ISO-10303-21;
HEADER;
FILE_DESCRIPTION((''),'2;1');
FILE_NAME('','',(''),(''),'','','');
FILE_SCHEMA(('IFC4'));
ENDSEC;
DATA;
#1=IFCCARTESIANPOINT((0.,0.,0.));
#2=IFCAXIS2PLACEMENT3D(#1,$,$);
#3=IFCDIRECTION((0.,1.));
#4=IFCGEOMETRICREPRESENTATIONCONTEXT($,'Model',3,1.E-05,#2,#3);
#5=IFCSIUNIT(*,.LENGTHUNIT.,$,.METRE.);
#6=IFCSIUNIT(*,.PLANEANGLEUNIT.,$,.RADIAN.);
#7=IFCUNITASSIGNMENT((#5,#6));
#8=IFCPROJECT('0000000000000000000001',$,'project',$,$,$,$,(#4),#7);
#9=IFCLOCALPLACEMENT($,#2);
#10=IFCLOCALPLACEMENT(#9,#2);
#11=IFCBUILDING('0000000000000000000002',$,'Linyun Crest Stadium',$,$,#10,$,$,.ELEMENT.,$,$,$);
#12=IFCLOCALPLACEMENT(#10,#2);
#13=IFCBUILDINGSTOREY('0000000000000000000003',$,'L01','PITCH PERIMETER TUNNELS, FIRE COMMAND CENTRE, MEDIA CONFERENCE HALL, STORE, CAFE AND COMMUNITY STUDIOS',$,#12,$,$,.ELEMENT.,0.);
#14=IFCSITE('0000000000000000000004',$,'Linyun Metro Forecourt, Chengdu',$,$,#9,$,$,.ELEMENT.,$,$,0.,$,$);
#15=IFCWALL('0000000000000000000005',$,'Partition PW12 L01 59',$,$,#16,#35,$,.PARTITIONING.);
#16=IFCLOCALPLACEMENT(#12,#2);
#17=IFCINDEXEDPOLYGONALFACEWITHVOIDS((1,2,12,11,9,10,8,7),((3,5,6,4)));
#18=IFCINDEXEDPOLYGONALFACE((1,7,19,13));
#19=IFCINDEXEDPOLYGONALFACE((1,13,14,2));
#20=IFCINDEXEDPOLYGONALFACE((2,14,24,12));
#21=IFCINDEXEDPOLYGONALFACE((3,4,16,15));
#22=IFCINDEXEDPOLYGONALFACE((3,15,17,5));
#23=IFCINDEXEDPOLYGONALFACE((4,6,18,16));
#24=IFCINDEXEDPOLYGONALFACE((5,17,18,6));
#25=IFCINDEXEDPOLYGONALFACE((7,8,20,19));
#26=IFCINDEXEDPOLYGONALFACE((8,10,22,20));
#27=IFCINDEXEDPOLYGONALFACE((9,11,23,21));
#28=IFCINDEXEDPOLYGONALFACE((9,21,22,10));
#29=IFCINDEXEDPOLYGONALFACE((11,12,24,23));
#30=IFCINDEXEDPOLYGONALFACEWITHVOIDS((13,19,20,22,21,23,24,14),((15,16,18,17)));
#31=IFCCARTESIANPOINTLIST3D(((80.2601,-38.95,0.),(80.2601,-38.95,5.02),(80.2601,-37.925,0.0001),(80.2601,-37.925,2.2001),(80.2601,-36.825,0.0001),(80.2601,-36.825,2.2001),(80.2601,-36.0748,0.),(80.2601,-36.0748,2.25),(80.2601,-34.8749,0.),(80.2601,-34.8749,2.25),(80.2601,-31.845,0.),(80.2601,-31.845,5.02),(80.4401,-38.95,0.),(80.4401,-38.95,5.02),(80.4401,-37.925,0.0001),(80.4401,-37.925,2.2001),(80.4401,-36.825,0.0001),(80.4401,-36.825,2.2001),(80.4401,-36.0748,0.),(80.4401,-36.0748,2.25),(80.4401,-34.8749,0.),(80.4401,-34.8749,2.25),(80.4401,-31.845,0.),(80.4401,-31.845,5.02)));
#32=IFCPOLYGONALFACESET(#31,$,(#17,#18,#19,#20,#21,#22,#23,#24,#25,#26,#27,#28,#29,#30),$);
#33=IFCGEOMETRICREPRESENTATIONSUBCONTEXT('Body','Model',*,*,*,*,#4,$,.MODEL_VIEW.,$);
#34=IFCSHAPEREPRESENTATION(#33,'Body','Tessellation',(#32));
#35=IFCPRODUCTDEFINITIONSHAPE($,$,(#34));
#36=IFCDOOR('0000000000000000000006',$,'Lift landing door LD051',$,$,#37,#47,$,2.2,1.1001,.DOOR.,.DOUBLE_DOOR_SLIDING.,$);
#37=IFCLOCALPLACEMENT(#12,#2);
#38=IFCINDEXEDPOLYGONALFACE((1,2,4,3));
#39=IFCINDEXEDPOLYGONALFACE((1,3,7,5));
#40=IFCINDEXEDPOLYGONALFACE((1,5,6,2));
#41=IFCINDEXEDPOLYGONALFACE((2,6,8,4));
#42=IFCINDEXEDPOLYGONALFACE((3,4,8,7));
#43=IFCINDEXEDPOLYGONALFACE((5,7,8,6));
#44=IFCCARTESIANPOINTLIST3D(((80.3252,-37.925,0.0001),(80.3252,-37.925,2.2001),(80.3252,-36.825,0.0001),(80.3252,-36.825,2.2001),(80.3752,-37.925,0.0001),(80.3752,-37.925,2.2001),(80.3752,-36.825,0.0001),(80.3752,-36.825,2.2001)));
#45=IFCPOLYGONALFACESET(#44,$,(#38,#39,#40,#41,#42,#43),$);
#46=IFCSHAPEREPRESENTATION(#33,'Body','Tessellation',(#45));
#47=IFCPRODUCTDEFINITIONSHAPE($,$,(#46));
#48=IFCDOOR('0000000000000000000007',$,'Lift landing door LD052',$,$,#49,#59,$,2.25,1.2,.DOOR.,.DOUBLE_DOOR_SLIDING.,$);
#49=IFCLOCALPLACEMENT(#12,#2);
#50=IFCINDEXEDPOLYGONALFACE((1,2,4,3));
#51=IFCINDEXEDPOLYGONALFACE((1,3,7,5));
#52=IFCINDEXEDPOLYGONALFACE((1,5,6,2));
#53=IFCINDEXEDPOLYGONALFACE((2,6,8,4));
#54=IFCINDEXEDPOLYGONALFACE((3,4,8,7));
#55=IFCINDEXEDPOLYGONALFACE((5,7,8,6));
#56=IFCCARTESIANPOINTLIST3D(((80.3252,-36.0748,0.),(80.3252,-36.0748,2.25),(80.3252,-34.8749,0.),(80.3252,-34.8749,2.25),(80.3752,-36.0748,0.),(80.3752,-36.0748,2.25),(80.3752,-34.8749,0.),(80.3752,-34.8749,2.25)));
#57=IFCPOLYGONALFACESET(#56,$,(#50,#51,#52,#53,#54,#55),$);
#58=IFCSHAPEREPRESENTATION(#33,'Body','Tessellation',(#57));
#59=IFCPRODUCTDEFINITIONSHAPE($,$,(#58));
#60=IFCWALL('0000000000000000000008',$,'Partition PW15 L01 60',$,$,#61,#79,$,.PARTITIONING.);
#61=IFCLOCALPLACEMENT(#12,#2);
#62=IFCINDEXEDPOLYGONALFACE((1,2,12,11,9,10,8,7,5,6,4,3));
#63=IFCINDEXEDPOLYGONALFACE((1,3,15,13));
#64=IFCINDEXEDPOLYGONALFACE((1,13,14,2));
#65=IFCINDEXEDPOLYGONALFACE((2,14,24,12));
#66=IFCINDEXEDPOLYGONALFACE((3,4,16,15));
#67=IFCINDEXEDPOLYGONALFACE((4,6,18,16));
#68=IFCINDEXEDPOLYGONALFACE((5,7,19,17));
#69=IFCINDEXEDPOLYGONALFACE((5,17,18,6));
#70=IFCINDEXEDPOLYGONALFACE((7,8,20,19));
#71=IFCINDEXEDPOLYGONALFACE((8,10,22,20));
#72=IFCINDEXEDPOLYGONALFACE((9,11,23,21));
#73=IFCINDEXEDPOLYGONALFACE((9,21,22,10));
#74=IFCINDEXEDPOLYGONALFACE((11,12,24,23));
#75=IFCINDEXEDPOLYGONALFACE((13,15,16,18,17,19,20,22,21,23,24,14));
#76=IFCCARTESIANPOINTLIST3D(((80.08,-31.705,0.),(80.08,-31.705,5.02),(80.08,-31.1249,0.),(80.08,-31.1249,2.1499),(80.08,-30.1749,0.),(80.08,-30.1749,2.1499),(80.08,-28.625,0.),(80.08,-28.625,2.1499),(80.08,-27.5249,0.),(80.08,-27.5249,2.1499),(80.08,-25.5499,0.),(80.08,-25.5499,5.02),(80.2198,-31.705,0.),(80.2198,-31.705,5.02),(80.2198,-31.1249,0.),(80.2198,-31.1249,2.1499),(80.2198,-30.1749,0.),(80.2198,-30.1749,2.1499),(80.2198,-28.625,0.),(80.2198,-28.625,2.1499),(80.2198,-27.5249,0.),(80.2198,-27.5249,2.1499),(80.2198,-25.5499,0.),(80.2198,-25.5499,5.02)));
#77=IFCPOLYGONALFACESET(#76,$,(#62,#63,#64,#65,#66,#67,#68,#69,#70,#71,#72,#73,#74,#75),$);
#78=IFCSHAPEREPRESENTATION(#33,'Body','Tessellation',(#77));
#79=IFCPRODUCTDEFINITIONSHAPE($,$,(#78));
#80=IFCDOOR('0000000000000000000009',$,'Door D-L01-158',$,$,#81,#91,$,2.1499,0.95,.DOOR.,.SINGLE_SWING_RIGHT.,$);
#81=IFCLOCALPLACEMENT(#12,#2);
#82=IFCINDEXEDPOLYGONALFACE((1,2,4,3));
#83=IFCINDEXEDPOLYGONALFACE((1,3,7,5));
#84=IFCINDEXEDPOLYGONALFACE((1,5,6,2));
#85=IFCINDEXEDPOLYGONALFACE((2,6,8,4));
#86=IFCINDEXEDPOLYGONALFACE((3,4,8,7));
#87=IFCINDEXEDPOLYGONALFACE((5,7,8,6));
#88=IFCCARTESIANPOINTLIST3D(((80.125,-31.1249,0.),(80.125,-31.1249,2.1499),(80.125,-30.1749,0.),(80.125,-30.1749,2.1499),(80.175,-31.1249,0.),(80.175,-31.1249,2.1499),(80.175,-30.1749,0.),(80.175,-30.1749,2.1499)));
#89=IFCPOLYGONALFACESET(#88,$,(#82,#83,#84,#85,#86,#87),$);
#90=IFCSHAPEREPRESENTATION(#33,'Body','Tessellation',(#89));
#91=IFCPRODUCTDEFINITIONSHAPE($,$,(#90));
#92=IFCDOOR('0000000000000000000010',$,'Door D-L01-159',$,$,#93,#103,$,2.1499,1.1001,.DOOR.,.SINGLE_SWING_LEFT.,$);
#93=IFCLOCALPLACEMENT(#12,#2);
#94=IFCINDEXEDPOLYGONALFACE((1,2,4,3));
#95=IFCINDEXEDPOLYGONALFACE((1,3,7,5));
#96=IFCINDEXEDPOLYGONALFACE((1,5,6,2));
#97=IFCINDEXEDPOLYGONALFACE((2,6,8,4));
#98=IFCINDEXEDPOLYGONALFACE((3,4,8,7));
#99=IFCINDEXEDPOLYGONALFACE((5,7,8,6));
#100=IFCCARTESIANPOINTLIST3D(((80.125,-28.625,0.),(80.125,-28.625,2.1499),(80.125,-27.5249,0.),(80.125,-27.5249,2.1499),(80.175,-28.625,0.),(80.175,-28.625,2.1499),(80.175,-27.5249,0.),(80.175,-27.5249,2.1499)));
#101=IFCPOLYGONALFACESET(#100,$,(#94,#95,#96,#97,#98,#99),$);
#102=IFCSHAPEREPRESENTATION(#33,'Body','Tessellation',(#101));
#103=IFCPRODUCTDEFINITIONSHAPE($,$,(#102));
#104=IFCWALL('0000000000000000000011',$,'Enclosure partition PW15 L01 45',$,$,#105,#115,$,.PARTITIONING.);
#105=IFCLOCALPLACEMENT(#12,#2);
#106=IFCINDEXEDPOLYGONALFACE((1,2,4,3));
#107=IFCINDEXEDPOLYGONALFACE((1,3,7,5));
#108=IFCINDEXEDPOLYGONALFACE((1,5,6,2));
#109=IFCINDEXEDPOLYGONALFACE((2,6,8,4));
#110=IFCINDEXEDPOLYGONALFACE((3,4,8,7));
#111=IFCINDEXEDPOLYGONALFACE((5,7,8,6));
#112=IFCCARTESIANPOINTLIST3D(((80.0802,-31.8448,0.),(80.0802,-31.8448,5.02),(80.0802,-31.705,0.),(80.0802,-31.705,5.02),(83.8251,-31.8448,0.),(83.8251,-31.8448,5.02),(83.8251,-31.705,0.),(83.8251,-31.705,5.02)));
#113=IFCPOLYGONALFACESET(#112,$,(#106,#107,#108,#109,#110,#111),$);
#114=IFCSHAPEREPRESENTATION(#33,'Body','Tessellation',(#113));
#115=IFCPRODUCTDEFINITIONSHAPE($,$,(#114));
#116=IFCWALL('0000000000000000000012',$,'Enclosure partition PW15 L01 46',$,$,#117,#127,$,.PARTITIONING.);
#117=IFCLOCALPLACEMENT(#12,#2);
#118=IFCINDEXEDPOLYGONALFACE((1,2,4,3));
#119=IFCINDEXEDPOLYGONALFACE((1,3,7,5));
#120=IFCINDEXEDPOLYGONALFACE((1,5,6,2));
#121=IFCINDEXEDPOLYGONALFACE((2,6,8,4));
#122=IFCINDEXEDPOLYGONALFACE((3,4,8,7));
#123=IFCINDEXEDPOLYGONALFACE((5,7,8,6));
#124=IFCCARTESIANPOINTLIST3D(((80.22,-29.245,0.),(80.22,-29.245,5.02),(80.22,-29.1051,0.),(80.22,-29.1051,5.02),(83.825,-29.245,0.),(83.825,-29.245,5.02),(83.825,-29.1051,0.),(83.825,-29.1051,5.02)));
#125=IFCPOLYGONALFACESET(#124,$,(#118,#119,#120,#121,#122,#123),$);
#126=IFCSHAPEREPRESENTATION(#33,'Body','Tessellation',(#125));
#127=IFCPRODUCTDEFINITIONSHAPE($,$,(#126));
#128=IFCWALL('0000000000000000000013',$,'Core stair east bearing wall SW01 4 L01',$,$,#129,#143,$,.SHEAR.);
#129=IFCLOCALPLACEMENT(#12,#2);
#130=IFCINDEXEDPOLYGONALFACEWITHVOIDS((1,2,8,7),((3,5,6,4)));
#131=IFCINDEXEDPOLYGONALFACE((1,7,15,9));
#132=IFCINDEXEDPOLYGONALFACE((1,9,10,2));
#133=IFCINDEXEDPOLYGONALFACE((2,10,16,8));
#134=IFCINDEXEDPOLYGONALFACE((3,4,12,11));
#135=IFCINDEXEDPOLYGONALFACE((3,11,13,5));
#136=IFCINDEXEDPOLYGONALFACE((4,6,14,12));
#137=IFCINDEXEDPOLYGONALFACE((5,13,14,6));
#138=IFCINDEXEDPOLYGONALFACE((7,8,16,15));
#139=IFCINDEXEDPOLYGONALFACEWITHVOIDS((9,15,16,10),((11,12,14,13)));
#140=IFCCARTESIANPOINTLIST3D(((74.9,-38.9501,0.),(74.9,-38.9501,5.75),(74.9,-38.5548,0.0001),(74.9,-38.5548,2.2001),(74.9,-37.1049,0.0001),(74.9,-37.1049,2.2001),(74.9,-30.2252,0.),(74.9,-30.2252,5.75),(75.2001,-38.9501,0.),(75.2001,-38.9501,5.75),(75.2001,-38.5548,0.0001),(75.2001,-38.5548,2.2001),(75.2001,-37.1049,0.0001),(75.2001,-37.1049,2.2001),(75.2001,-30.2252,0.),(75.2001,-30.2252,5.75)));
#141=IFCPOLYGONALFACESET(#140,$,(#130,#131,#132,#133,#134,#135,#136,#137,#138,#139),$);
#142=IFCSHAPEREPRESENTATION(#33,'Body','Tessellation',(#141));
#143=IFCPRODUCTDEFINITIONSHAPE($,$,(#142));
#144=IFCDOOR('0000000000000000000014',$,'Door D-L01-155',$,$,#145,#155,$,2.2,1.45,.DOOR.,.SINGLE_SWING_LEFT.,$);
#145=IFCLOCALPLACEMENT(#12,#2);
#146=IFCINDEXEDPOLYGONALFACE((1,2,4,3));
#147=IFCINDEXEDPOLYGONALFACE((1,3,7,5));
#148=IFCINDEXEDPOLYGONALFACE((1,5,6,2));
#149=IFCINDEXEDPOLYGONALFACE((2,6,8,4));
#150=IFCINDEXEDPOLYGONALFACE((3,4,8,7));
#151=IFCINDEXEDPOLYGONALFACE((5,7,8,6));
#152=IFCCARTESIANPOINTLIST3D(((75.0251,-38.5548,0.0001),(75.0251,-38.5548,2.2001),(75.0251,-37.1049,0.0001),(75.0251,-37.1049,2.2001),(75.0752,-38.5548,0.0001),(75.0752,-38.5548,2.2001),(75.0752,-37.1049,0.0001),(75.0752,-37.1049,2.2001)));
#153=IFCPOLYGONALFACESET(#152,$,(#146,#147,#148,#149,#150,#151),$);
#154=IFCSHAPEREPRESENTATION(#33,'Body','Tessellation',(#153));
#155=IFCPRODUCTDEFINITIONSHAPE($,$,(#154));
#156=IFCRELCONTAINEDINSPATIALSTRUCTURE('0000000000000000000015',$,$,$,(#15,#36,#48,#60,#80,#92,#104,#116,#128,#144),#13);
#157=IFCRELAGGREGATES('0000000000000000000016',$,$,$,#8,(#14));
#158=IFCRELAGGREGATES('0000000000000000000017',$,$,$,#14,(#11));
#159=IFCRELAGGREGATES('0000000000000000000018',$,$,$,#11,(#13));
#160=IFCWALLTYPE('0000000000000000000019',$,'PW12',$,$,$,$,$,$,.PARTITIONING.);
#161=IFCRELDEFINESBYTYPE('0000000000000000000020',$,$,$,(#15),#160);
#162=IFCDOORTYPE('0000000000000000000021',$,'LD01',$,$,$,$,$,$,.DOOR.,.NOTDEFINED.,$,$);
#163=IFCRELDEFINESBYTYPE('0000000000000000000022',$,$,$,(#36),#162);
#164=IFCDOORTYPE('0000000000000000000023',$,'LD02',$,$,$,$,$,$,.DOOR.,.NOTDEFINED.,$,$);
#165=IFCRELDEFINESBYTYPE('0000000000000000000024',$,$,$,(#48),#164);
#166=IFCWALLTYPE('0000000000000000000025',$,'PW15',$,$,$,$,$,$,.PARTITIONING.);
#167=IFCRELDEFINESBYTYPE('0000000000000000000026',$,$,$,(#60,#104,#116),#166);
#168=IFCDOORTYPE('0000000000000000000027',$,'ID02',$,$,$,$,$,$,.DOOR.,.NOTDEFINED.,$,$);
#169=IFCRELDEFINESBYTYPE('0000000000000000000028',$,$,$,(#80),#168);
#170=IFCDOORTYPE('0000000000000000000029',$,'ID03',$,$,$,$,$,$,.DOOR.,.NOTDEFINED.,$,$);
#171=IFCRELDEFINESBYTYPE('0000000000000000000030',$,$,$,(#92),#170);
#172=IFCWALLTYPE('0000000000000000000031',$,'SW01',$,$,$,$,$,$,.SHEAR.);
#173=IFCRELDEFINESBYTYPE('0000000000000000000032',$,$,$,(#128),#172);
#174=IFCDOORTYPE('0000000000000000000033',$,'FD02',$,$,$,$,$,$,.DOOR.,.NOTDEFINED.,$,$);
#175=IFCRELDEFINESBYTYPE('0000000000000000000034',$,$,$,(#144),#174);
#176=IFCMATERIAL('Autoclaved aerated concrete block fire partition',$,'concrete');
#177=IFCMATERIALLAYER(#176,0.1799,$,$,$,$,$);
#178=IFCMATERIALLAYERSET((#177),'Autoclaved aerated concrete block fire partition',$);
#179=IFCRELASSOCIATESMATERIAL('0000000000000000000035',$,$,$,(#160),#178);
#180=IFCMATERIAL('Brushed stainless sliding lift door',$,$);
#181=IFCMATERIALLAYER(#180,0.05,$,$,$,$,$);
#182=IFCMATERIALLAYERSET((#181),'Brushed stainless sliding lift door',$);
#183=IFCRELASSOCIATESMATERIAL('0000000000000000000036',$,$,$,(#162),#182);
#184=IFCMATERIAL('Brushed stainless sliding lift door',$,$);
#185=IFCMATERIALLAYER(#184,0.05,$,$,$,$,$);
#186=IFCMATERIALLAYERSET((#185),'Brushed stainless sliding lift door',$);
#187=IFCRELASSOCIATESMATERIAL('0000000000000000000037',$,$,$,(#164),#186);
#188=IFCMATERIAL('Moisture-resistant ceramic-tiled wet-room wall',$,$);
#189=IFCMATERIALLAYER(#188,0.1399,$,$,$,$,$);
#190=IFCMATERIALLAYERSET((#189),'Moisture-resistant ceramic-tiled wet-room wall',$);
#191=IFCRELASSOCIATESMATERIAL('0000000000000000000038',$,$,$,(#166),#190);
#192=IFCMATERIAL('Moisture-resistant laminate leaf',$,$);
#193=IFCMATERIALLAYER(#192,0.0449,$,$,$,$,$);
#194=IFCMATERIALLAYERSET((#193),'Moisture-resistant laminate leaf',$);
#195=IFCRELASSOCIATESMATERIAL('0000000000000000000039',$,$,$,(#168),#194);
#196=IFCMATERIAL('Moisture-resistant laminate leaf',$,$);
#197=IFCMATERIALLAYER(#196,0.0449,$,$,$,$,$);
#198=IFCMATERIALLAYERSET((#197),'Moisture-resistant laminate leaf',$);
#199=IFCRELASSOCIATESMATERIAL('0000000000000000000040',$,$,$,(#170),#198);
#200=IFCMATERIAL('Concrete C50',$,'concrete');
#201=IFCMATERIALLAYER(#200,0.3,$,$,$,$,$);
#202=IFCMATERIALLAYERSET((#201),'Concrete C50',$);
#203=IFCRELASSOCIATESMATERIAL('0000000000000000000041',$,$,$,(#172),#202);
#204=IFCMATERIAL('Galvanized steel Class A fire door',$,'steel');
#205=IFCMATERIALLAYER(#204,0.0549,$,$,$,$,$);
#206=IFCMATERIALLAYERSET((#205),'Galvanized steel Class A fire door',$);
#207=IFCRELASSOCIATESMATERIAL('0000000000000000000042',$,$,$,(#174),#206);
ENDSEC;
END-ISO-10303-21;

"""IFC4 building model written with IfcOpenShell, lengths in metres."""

from ifc_helpers import new_model, si_unit, direction, frame, frame_2d, origin, place, context, subcontext, project, spatial, rectangle, extrude, material, layer, layer_set, type_object, element, fill, save


model = new_model("IFC4")

# Units and contexts
model_context = context("Model", 3, precision=1e-05, world=origin(), true_north=direction((0.0, 1.0)))
body_context = subcontext(model_context, "Body", "Model", "MODEL_VIEW")
ifc_project = project(units=[si_unit("LENGTHUNIT", "METRE"), si_unit("PLANEANGLEUNIT", "RADIAN")], contexts=[model_context])

# Site, building, storey
site_placement = place(None, origin())
site = spatial("IfcSite", under=ifc_project, at=site_placement, Name="Linyun Metro Forecourt, Chengdu", CompositionType="ELEMENT", RefElevation=0.0)
building_placement = place(site_placement, origin())
building = spatial("IfcBuilding", under=site, at=building_placement, Name="Linyun Crest Stadium", CompositionType="ELEMENT")
storey_placement = place(building_placement, origin())
storey = spatial("IfcBuildingStorey", under=building, at=storey_placement, Name="L01", Description="PITCH PERIMETER TUNNELS, FIRE COMMAND CENTRE, MEDIA CONFERENCE HALL, STORE, CAFE AND COMMUNITY STUDIOS", CompositionType="ELEMENT", Elevation=0.0)

# Walls, openings, doors
ifc_material_1 = material(Name="Autoclaved aerated concrete block fire partition", Category="concrete")
ifc_layer_1 = layer(ifc_material_1, 0.1799)
ifc_layer_set_1 = layer_set([ifc_layer_1], Name="Autoclaved aerated concrete block fire partition")
wall_type_1 = type_object("IfcWallType", Name="PW12", PredefinedType="PARTITIONING", material=ifc_layer_set_1)
wall_1_placement = place(storey_placement, frame((80.3501, -38.95, 0.0), z_axis=(0.0, 0.0, 1.0), x_axis=(0.0, 1.0, 0.0)))
wall_1 = element("IfcWall", 1, at=wall_1_placement, inside=storey, type_object=wall_type_1, Name="Partition PW12 L01 59", PredefinedType="PARTITIONING", context=body_context, shape_type="SweptSolid", body=[
    extrude(rectangle(XDim=7.105, YDim=0.1799, at=frame_2d((3.5525, 0.0))), origin(), (0.0, 0.0, 1.0), 5.02),
])
opening_1_placement = place(wall_1_placement, frame((1.0249, 0.0, 0.0)))
opening_1 = element("IfcOpeningElement", 2, at=opening_1_placement, cuts=wall_1, PredefinedType="OPENING", context=body_context, shape_type="SweptSolid", body=[
    extrude(rectangle(XDim=1.1001, YDim=2.2, at=frame_2d((0.55, 1.1001))), frame((0.0, 0.0999, 0.0), z_axis=(0.0, -1.0, 0.0), x_axis=(1.0, 0.0, 0.0)), (0.0, 0.0, 1.0), 0.2),
])
opening_2_placement = place(wall_1_placement, frame((2.875, 0.0, 0.0)))
opening_2 = element("IfcOpeningElement", 3, at=opening_2_placement, cuts=wall_1, PredefinedType="OPENING", context=body_context, shape_type="SweptSolid", body=[
    extrude(rectangle(XDim=1.2, YDim=2.25, at=frame_2d((0.6001, 1.125))), frame((0.0, 0.0999, 0.0), z_axis=(0.0, -1.0, 0.0), x_axis=(1.0, 0.0, 0.0)), (0.0, 0.0, 1.0), 0.2),
])
ifc_material_2 = material(Name="Brushed stainless sliding lift door")
ifc_layer_2 = layer(ifc_material_2, 0.05)
ifc_layer_set_2 = layer_set([ifc_layer_2], Name="Brushed stainless sliding lift door")
door_type_1 = type_object("IfcDoorType", Name="LD01", OperationType="NOTDEFINED", PredefinedType="DOOR", material=ifc_layer_set_2)
door_1_placement = place(opening_1_placement, origin())
door_1 = element("IfcDoor", 4, at=door_1_placement, inside=storey, type_object=door_type_1, Name="Lift landing door LD051", OperationType="DOUBLE_DOOR_SLIDING", OverallHeight=2.2, OverallWidth=1.1001, PredefinedType="DOOR", context=body_context, shape_type="SweptSolid", body=[
    extrude(rectangle(XDim=1.1001, YDim=2.2, at=frame_2d((0.55, 1.1001))), frame((0.0, 0.0249, 0.0), z_axis=(0.0, -1.0, 0.0), x_axis=(1.0, 0.0, 0.0)), (0.0, 0.0, 1.0), 0.05),
])
fill(opening_1, door_1)
ifc_material_3 = material(Name="Brushed stainless sliding lift door")
ifc_layer_3 = layer(ifc_material_3, 0.05)
ifc_layer_set_3 = layer_set([ifc_layer_3], Name="Brushed stainless sliding lift door")
door_type_2 = type_object("IfcDoorType", Name="LD02", OperationType="NOTDEFINED", PredefinedType="DOOR", material=ifc_layer_set_3)
door_2_placement = place(opening_2_placement, origin())
door_2 = element("IfcDoor", 5, at=door_2_placement, inside=storey, type_object=door_type_2, Name="Lift landing door LD052", OperationType="DOUBLE_DOOR_SLIDING", OverallHeight=2.25, OverallWidth=1.2, PredefinedType="DOOR", context=body_context, shape_type="SweptSolid", body=[
    extrude(rectangle(XDim=1.2, YDim=2.25, at=frame_2d((0.6001, 1.125))), frame((0.0, 0.0249, 0.0), z_axis=(0.0, -1.0, 0.0), x_axis=(1.0, 0.0, 0.0)), (0.0, 0.0, 1.0), 0.05),
])
fill(opening_2, door_2)
ifc_material_4 = material(Name="Moisture-resistant ceramic-tiled wet-room wall")
ifc_layer_4 = layer(ifc_material_4, 0.1399)
ifc_layer_set_4 = layer_set([ifc_layer_4], Name="Moisture-resistant ceramic-tiled wet-room wall")
wall_type_2 = type_object("IfcWallType", Name="PW15", PredefinedType="PARTITIONING", material=ifc_layer_set_4)
wall_2_placement = place(storey_placement, frame((80.1499, -31.7051, 0.0), z_axis=(0.0, 0.0, 1.0), x_axis=(0.0, 1.0, 0.0)))
wall_2 = element("IfcWall", 6, at=wall_2_placement, inside=storey, type_object=wall_type_2, Name="Partition PW15 L01 60", PredefinedType="PARTITIONING", context=body_context, shape_type="SweptSolid", body=[
    extrude(rectangle(XDim=6.155, YDim=0.1399, at=frame_2d((3.0776, 0.0))), origin(), (0.0, 0.0, 1.0), 5.02),
])
opening_3_placement = place(wall_2_placement, frame((0.5801, 0.0, 0.0)))
opening_3 = element("IfcOpeningElement", 7, at=opening_3_placement, cuts=wall_2, PredefinedType="OPENING", context=body_context, shape_type="SweptSolid", body=[
    extrude(rectangle(XDim=0.95, YDim=2.1499, at=frame_2d((0.4751, 1.075))), frame((0.0, 0.0798, 0.0), z_axis=(0.0, -1.0, 0.0), x_axis=(1.0, 0.0, 0.0)), (0.0, 0.0, 1.0), 0.1599),
])
opening_4_placement = place(wall_2_placement, frame((3.0801, 0.0, 0.0)))
opening_4 = element("IfcOpeningElement", 8, at=opening_4_placement, cuts=wall_2, PredefinedType="OPENING", context=body_context, shape_type="SweptSolid", body=[
    extrude(rectangle(XDim=1.1001, YDim=2.1499, at=frame_2d((0.55, 1.075))), frame((0.0, 0.0798, 0.0), z_axis=(0.0, -1.0, 0.0), x_axis=(1.0, 0.0, 0.0)), (0.0, 0.0, 1.0), 0.1599),
])
ifc_material_5 = material(Name="Moisture-resistant laminate leaf")
ifc_layer_5 = layer(ifc_material_5, 0.0449)
ifc_layer_set_5 = layer_set([ifc_layer_5], Name="Moisture-resistant laminate leaf")
door_type_3 = type_object("IfcDoorType", Name="ID02", OperationType="NOTDEFINED", PredefinedType="DOOR", material=ifc_layer_set_5)
door_3_placement = place(opening_3_placement, origin())
door_3 = element("IfcDoor", 9, at=door_3_placement, inside=storey, type_object=door_type_3, Name="Door D-L01-158", OperationType="SINGLE_SWING_RIGHT", OverallHeight=2.1499, OverallWidth=0.95, PredefinedType="DOOR", context=body_context, shape_type="SweptSolid", body=[
    extrude(rectangle(XDim=0.95, YDim=2.1499, at=frame_2d((0.4751, 1.075))), frame((0.0, 0.0249, 0.0), z_axis=(0.0, -1.0, 0.0), x_axis=(1.0, 0.0, 0.0)), (0.0, 0.0, 1.0), 0.05),
])
fill(opening_3, door_3)
ifc_material_6 = material(Name="Moisture-resistant laminate leaf")
ifc_layer_6 = layer(ifc_material_6, 0.0449)
ifc_layer_set_6 = layer_set([ifc_layer_6], Name="Moisture-resistant laminate leaf")
door_type_4 = type_object("IfcDoorType", Name="ID03", OperationType="NOTDEFINED", PredefinedType="DOOR", material=ifc_layer_set_6)
door_4_placement = place(opening_4_placement, origin())
door_4 = element("IfcDoor", 10, at=door_4_placement, inside=storey, type_object=door_type_4, Name="Door D-L01-159", OperationType="SINGLE_SWING_LEFT", OverallHeight=2.1499, OverallWidth=1.1001, PredefinedType="DOOR", context=body_context, shape_type="SweptSolid", body=[
    extrude(rectangle(XDim=1.1001, YDim=2.1499, at=frame_2d((0.55, 1.075))), frame((0.0, 0.0249, 0.0), z_axis=(0.0, -1.0, 0.0), x_axis=(1.0, 0.0, 0.0)), (0.0, 0.0, 1.0), 0.05),
])
fill(opening_4, door_4)

# Walls
wall_3_placement = place(storey_placement, frame((80.0801, -31.7749, 0.0), z_axis=(0.0, 0.0, 1.0), x_axis=(1.0, 0.0, 0.0)))
element("IfcWall", 11, at=wall_3_placement, inside=storey, type_object=wall_type_2, Name="Enclosure partition PW15 L01 45", PredefinedType="PARTITIONING", context=body_context, shape_type="SweptSolid", body=[
    extrude(rectangle(XDim=3.7449, YDim=0.1399, at=frame_2d((1.8726, 0.0))), origin(), (0.0, 0.0, 1.0), 5.02),
])
wall_4_placement = place(storey_placement, frame((80.22, -29.175, 0.0), z_axis=(0.0, 0.0, 1.0), x_axis=(1.0, 0.0, 0.0)))
element("IfcWall", 12, at=wall_4_placement, inside=storey, type_object=wall_type_2, Name="Enclosure partition PW15 L01 46", PredefinedType="PARTITIONING", context=body_context, shape_type="SweptSolid", body=[
    extrude(rectangle(XDim=3.605, YDim=0.1399, at=frame_2d((1.8025, 0.0))), origin(), (0.0, 0.0, 1.0), 5.02),
])

# Wall, opening, door
ifc_material_7 = material(Name="Concrete C50", Category="concrete")
ifc_layer_7 = layer(ifc_material_7, 0.3)
ifc_layer_set_7 = layer_set([ifc_layer_7], Name="Concrete C50")
wall_type_3 = type_object("IfcWallType", Name="SW01", PredefinedType="SHEAR", material=ifc_layer_set_7)
wall_5_placement = place(storey_placement, frame((75.05, -38.95, 0.0), z_axis=(0.0, 0.0, 1.0), x_axis=(0.0, 1.0, 0.0)))
wall_5 = element("IfcWall", 13, at=wall_5_placement, inside=storey, type_object=wall_type_3, Name="Core stair east bearing wall SW01 4 L01", PredefinedType="SHEAR", context=body_context, shape_type="SweptSolid", body=[
    extrude(rectangle(XDim=8.7249, YDim=0.3, at=frame_2d((4.3623, 0.0))), origin(), (0.0, 0.0, 1.0), 5.75),
])
opening_5_placement = place(wall_5_placement, frame((0.395, 0.0, 0.0)))
opening_5 = element("IfcOpeningElement", 14, at=opening_5_placement, cuts=wall_5, PredefinedType="OPENING", context=body_context, shape_type="SweptSolid", body=[
    extrude(rectangle(XDim=1.45, YDim=2.2, at=frame_2d((0.7251, 1.1001))), frame((0.0, 0.1599, 0.0), z_axis=(0.0, -1.0, 0.0), x_axis=(1.0, 0.0, 0.0)), (0.0, 0.0, 1.0), 0.3201),
])
ifc_material_8 = material(Name="Galvanized steel Class A fire door", Category="steel")
ifc_layer_8 = layer(ifc_material_8, 0.0549)
ifc_layer_set_8 = layer_set([ifc_layer_8], Name="Galvanized steel Class A fire door")
door_type_5 = type_object("IfcDoorType", Name="FD02", OperationType="NOTDEFINED", PredefinedType="DOOR", material=ifc_layer_set_8)
door_5_placement = place(opening_5_placement, origin())
door_5 = element("IfcDoor", 15, at=door_5_placement, inside=storey, type_object=door_type_5, Name="Door D-L01-155", OperationType="SINGLE_SWING_LEFT", OverallHeight=2.2, OverallWidth=1.45, PredefinedType="DOOR", context=body_context, shape_type="SweptSolid", body=[
    extrude(rectangle(XDim=1.45, YDim=2.2, at=frame_2d((0.7251, 1.1001))), frame((0.0, 0.0249, 0.0), z_axis=(0.0, -1.0, 0.0), x_axis=(1.0, 0.0, 0.0)), (0.0, 0.0, 1.0), 0.05),
])
fill(opening_5, door_5)

save(model, "model.ifc")
